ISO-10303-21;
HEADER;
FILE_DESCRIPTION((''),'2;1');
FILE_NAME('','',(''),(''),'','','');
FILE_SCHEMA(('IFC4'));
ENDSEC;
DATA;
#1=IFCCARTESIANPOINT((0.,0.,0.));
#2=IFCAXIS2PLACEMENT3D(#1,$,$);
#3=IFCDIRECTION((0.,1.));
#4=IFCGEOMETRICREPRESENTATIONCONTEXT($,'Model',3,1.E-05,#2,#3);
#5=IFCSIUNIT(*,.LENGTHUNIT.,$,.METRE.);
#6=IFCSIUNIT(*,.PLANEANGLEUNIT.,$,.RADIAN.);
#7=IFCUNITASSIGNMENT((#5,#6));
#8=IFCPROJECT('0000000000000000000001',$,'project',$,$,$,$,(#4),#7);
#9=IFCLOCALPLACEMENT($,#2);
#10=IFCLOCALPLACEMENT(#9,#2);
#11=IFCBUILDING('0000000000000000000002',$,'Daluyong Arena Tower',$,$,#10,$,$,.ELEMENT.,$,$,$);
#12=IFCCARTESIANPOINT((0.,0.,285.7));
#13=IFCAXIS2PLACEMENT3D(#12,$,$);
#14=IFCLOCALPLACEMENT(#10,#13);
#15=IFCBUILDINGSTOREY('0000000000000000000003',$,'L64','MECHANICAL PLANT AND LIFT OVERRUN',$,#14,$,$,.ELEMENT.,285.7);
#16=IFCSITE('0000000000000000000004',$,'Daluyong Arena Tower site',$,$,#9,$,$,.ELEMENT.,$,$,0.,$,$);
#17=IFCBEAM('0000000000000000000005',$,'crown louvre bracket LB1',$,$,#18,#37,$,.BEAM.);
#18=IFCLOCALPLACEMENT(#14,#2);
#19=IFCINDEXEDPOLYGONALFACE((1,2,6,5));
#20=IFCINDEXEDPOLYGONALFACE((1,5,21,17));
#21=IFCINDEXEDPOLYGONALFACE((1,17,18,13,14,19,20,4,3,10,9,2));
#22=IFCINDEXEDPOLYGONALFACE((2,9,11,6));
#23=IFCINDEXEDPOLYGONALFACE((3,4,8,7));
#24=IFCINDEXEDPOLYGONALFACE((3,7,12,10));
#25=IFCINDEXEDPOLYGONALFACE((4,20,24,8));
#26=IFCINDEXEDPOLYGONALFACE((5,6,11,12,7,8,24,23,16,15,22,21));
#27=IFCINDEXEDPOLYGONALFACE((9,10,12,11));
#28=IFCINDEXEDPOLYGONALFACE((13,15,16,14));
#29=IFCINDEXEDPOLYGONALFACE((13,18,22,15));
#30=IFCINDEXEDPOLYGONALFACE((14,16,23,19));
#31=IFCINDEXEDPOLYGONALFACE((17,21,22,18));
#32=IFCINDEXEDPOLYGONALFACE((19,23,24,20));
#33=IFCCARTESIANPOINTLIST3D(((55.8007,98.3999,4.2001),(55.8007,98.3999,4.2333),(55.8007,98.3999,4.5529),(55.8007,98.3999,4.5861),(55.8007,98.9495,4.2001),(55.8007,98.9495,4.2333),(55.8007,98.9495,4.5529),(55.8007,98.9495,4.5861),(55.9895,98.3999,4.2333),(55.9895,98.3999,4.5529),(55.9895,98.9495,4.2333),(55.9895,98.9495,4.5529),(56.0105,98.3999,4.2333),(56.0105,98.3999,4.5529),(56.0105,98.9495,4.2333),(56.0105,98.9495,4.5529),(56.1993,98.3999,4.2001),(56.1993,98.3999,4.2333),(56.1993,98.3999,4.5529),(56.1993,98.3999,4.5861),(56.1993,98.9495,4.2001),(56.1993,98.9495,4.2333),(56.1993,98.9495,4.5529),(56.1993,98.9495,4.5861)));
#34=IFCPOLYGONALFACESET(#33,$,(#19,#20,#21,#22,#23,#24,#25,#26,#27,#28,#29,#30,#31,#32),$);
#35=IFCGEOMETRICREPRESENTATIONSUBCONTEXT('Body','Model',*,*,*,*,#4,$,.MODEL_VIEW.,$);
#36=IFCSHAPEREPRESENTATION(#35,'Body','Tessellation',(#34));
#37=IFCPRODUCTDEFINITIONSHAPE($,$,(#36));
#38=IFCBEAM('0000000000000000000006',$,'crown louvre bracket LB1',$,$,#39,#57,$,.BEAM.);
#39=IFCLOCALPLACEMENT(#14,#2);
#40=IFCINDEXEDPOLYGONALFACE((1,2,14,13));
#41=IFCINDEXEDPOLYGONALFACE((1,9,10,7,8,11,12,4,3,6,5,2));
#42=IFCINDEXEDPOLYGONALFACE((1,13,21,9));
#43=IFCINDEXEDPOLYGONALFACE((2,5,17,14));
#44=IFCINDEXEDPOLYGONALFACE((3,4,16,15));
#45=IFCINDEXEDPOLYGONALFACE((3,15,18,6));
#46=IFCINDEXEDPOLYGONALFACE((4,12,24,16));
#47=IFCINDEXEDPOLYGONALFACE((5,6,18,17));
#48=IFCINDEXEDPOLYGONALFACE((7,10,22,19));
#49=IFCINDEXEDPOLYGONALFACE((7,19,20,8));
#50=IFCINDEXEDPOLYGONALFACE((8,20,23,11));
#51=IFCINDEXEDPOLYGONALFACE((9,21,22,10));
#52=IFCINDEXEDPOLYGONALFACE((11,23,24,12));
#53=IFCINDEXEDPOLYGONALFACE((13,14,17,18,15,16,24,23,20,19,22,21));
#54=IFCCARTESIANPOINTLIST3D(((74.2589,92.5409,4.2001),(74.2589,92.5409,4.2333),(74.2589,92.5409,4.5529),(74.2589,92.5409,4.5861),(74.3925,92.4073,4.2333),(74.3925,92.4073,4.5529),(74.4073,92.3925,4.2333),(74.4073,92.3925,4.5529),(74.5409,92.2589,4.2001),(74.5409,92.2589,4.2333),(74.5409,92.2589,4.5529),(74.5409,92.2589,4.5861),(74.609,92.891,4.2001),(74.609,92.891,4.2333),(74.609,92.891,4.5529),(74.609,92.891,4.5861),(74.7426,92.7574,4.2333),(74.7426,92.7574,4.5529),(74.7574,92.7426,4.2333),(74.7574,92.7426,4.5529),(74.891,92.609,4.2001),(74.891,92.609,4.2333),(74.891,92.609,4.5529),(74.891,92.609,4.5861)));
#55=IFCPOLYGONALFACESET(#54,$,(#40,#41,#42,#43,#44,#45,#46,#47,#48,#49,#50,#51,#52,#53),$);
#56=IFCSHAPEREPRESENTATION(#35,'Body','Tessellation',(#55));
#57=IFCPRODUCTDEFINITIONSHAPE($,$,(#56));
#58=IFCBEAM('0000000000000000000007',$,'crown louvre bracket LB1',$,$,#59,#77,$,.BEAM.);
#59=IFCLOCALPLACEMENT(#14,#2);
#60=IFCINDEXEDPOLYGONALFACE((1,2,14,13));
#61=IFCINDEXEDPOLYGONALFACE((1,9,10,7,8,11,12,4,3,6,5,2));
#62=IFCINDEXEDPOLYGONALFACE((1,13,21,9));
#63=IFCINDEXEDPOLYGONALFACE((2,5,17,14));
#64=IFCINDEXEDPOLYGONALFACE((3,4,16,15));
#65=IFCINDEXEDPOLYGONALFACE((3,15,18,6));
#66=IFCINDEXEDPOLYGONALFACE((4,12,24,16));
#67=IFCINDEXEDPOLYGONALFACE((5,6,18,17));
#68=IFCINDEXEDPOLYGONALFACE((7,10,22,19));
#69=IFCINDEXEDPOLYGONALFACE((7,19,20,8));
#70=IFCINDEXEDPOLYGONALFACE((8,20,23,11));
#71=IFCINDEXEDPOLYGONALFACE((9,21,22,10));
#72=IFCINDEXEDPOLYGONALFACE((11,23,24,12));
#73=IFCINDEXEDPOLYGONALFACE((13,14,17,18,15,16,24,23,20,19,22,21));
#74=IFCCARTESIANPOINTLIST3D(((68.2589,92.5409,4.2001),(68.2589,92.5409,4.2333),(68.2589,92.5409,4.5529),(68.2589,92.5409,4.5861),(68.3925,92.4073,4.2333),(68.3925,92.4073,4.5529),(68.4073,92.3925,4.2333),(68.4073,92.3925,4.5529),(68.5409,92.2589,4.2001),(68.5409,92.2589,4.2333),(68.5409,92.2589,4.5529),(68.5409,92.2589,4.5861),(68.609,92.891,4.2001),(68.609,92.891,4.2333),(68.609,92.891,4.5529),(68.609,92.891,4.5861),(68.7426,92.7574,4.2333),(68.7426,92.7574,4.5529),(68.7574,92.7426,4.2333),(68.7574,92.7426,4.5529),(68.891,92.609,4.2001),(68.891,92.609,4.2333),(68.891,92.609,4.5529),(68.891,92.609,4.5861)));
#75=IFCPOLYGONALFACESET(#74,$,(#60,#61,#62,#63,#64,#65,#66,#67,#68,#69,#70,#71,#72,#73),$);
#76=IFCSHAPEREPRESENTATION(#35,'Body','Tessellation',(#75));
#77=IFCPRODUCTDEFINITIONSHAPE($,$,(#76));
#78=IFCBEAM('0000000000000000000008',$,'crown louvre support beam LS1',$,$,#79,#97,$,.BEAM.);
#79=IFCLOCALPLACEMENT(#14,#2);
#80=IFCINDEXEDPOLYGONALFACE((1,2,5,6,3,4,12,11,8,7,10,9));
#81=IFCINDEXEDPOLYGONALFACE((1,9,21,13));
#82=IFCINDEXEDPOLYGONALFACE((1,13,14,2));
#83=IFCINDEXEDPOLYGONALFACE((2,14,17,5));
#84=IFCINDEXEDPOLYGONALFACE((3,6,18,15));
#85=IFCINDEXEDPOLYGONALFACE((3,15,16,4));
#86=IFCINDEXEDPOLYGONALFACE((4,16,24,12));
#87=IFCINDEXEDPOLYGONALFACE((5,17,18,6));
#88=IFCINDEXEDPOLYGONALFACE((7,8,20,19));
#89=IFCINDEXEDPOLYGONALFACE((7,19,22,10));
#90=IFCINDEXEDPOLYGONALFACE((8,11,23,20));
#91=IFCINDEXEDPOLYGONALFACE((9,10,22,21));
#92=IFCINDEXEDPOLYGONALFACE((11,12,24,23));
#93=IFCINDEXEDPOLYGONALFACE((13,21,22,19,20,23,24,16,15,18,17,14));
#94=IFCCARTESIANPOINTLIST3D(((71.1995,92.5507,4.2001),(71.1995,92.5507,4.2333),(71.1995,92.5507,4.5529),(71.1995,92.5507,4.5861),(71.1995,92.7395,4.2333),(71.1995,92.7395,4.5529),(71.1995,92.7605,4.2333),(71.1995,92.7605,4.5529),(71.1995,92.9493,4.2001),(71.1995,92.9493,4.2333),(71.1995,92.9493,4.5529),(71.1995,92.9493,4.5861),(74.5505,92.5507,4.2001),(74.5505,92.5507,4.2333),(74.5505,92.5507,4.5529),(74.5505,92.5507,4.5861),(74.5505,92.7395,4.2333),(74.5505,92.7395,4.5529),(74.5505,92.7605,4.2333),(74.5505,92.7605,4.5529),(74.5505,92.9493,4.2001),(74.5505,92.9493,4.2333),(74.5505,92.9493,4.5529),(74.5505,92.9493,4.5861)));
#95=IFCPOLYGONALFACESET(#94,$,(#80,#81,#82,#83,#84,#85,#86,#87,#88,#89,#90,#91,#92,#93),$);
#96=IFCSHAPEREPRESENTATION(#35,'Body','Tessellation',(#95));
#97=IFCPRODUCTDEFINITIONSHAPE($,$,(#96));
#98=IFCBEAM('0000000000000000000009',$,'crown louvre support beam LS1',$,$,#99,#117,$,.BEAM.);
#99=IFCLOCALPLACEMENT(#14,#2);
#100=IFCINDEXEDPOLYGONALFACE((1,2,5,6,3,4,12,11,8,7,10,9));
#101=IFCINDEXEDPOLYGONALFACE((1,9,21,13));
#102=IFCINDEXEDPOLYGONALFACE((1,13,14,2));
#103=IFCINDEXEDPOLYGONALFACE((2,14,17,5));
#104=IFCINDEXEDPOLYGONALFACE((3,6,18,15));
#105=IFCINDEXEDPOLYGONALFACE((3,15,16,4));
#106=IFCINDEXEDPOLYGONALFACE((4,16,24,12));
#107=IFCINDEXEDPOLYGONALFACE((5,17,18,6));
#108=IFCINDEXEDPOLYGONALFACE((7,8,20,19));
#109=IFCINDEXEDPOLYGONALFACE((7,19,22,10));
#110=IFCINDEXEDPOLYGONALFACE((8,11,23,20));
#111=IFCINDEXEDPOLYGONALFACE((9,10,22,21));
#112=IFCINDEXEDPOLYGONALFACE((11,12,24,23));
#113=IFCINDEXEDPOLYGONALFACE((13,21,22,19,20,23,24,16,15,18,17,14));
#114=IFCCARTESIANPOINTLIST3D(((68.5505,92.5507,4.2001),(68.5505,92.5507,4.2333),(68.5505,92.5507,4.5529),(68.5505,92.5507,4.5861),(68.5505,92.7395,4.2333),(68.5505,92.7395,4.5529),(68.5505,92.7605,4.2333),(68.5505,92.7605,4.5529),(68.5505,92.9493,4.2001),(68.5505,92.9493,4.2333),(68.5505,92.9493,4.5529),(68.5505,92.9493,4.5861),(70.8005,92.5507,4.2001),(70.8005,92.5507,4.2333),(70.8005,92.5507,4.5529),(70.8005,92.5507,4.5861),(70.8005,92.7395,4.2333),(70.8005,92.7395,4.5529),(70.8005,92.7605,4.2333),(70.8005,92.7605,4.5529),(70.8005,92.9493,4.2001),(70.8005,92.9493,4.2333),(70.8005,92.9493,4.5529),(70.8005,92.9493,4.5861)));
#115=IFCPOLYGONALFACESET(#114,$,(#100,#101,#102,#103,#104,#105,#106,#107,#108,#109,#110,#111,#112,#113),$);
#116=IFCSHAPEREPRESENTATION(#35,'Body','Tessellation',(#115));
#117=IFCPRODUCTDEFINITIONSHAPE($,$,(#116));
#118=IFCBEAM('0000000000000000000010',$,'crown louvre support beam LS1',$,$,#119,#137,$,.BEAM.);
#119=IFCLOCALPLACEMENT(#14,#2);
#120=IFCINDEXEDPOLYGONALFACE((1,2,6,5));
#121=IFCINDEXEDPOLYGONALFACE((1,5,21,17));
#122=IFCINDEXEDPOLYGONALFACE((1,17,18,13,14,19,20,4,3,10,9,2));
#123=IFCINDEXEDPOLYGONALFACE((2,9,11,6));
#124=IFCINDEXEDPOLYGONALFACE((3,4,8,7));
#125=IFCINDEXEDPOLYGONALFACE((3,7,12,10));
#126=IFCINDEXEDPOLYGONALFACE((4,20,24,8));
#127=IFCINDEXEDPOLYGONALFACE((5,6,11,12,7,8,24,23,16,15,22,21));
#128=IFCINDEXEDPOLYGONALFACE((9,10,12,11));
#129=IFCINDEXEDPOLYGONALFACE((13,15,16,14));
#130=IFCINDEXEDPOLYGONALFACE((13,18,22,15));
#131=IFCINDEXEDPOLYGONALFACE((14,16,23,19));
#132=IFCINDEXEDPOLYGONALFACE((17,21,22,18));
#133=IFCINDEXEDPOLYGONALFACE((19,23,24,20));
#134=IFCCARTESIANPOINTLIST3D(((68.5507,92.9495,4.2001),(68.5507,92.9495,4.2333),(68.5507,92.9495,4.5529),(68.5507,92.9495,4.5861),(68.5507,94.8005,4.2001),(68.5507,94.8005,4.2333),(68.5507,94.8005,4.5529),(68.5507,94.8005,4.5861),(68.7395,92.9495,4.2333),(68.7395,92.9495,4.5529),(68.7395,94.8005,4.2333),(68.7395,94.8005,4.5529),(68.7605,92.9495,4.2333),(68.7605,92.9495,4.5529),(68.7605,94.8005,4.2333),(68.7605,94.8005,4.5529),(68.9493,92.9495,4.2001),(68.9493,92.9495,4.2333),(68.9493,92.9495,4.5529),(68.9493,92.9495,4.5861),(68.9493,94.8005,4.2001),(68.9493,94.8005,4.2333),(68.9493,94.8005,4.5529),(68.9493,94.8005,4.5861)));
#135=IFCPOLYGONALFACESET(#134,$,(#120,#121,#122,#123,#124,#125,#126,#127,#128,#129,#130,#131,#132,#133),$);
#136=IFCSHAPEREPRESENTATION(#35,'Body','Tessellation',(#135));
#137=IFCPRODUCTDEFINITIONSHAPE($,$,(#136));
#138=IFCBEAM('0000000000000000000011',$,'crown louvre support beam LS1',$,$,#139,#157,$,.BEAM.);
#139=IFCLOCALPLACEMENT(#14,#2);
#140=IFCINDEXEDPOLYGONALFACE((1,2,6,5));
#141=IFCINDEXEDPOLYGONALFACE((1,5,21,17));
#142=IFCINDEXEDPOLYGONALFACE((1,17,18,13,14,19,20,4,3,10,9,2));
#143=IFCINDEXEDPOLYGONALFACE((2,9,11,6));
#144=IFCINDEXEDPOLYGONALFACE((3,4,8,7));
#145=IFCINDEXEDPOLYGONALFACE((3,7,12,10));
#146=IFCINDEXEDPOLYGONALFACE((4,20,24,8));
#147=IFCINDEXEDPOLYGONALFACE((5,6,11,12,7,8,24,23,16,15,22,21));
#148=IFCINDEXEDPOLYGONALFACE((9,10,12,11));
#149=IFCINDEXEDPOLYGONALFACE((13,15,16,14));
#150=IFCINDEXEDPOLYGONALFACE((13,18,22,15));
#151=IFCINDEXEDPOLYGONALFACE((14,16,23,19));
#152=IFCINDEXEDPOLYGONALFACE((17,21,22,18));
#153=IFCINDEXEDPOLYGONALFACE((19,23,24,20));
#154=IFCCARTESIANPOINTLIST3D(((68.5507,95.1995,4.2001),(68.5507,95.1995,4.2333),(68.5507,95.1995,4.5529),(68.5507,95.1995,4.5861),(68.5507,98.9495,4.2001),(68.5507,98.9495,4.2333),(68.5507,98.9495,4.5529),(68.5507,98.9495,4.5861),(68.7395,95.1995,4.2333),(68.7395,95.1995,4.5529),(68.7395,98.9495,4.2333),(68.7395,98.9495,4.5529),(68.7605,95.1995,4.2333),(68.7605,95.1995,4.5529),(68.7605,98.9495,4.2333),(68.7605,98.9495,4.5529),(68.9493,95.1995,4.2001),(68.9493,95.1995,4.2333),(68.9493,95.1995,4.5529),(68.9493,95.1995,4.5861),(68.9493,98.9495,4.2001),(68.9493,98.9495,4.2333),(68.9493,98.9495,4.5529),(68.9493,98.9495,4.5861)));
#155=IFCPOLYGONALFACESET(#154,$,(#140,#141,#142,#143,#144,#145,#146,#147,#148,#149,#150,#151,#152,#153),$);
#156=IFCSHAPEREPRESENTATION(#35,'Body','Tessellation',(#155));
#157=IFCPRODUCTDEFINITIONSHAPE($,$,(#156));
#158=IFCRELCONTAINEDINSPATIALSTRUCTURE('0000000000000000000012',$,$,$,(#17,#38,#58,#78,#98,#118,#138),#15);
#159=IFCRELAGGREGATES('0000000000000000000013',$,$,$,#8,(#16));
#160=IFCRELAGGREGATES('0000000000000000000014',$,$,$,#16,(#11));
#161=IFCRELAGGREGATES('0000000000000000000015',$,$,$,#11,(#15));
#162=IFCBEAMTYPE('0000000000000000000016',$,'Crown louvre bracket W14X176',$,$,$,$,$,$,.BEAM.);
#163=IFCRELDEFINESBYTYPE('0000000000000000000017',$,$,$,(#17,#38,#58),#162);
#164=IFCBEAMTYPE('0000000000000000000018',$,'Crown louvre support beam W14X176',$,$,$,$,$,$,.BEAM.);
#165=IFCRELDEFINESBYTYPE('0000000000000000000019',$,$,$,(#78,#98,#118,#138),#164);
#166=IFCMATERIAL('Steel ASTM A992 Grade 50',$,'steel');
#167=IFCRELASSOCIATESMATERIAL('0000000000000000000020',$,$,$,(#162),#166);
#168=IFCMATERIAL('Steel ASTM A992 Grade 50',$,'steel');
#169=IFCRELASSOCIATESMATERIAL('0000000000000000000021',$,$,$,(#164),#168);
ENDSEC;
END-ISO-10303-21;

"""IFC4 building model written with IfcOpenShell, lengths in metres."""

from ifc_helpers import new_model, si_unit, direction, frame, origin, origin_2d, place, context, subcontext, project, spatial, i_section, extrude, material, material_profile, profile_set, type_object, element, save


model = new_model("IFC4")

# Units and contexts
model_context = context("Model", 3, precision=1e-05, world=origin(), true_north=direction((0.0, 1.0)))
body_context = subcontext(model_context, "Body", "Model", "MODEL_VIEW")
ifc_project = project(units=[si_unit("LENGTHUNIT", "METRE"), si_unit("PLANEANGLEUNIT", "RADIAN")], contexts=[model_context])

# Site, building, storey
site_placement = place(None, origin())
site = spatial("IfcSite", under=ifc_project, at=site_placement, Name="Daluyong Arena Tower site", CompositionType="ELEMENT", RefElevation=0.0)
building_placement = place(site_placement, origin())
building = spatial("IfcBuilding", under=site, at=building_placement, Name="Daluyong Arena Tower", CompositionType="ELEMENT")
storey_placement = place(building_placement, frame((0.0, 0.0, 285.7)))
storey = spatial("IfcBuildingStorey", under=building, at=storey_placement, Name="L64", Description="MECHANICAL PLANT AND LIFT OVERRUN", CompositionType="ELEMENT", Elevation=285.7)

# Beams
ifc_material_1 = material(Name="Steel ASTM A992 Grade 50", Category="steel")
ifc_material_profile_1 = material_profile(ifc_material_1, i_section(OverallWidth=0.3987, OverallDepth=0.386, WebThickness=0.021, FlangeThickness=0.0332, at=origin_2d()))
ifc_profile_set_1 = profile_set([ifc_material_profile_1], Name="Steel ASTM A992 Grade 50")
beam_type_1 = type_object("IfcBeamType", Name="Crown louvre bracket W14X176", PredefinedType="BEAM", material=ifc_profile_set_1)
for number, where, z_axis, x_axis, name in (
    (1, (56.0, 98.3999, 4.3931), (0.0, 1.0, 0.0), (-1.0, 0.0, 0.0), "crown louvre bracket LB1"),
):
    element("IfcBeam", number, at=place(storey_placement, frame(where, z_axis=z_axis, x_axis=x_axis)), inside=storey, type_object=beam_type_1, Name=name, PredefinedType="BEAM", context=body_context, shape_type="SweptSolid", body=[
        extrude(i_section(OverallWidth=0.3987, OverallDepth=0.386, WebThickness=0.021, FlangeThickness=0.0332, at=origin_2d()), origin(), (0.0, 0.0, 1.0), 0.5496),
    ])
for number, where, z_axis, x_axis, name in (
    (2, (74.3999, 92.3999, 4.3931), (0.707107, 0.707107, 0.0), (-0.707107, 0.707107, 0.0), "crown louvre bracket LB1"),
    (3, (68.3999, 92.3999, 4.3931), (0.707107, 0.707107, 0.0), (-0.707107, 0.707107, 0.0), "crown louvre bracket LB1"),
):
    element("IfcBeam", number, at=place(storey_placement, frame(where, z_axis=z_axis, x_axis=x_axis)), inside=storey, type_object=beam_type_1, Name=name, PredefinedType="BEAM", context=body_context, shape_type="SweptSolid", body=[
        extrude(i_section(OverallWidth=0.3987, OverallDepth=0.386, WebThickness=0.021, FlangeThickness=0.0332, at=origin_2d()), origin(), (0.0, 0.0, 1.0), 0.4951),
    ])
ifc_material_2 = material(Name="Steel ASTM A992 Grade 50", Category="steel")
ifc_material_profile_2 = material_profile(ifc_material_2, i_section(OverallWidth=0.3987, OverallDepth=0.386, WebThickness=0.021, FlangeThickness=0.0332, at=origin_2d()))
ifc_profile_set_2 = profile_set([ifc_material_profile_2], Name="Steel ASTM A992 Grade 50")
beam_type_2 = type_object("IfcBeamType", Name="Crown louvre support beam W14X176", PredefinedType="BEAM", material=ifc_profile_set_2)
beam_1_placement = place(storey_placement, frame((74.5505, 92.75, 4.3931), z_axis=(-1.0, 0.0, 0.0), x_axis=(0.0, -1.0, 0.0)))
element("IfcBeam", 4, at=beam_1_placement, inside=storey, type_object=beam_type_2, Name="crown louvre support beam LS1", PredefinedType="BEAM", context=body_context, shape_type="SweptSolid", body=[
    extrude(i_section(OverallWidth=0.3987, OverallDepth=0.386, WebThickness=0.021, FlangeThickness=0.0332, at=origin_2d()), origin(), (0.0, 0.0, 1.0), 3.3511),
])
beam_2_placement = place(storey_placement, frame((70.8005, 92.75, 4.3931), z_axis=(-1.0, 0.0, 0.0), x_axis=(0.0, -1.0, 0.0)))
element("IfcBeam", 5, at=beam_2_placement, inside=storey, type_object=beam_type_2, Name="crown louvre support beam LS1", PredefinedType="BEAM", context=body_context, shape_type="SweptSolid", body=[
    extrude(i_section(OverallWidth=0.3987, OverallDepth=0.386, WebThickness=0.021, FlangeThickness=0.0332, at=origin_2d()), origin(), (0.0, 0.0, 1.0), 2.25),
])
beam_3_placement = place(storey_placement, frame((68.75, 92.9495, 4.3931), z_axis=(0.0, 1.0, 0.0), x_axis=(-1.0, 0.0, 0.0)))
element("IfcBeam", 6, at=beam_3_placement, inside=storey, type_object=beam_type_2, Name="crown louvre support beam LS1", PredefinedType="BEAM", context=body_context, shape_type="SweptSolid", body=[
    extrude(i_section(OverallWidth=0.3987, OverallDepth=0.386, WebThickness=0.021, FlangeThickness=0.0332, at=origin_2d()), origin(), (0.0, 0.0, 1.0), 1.8511),
])
beam_4_placement = place(storey_placement, frame((68.75, 95.1995, 4.3931), z_axis=(0.0, 1.0, 0.0), x_axis=(-1.0, 0.0, 0.0)))
element("IfcBeam", 7, at=beam_4_placement, inside=storey, type_object=beam_type_2, Name="crown louvre support beam LS1", PredefinedType="BEAM", context=body_context, shape_type="SweptSolid", body=[
    extrude(i_section(OverallWidth=0.3987, OverallDepth=0.386, WebThickness=0.021, FlangeThickness=0.0332, at=origin_2d()), origin(), (0.0, 0.0, 1.0), 3.75),
])

save(model, "model.ifc")
